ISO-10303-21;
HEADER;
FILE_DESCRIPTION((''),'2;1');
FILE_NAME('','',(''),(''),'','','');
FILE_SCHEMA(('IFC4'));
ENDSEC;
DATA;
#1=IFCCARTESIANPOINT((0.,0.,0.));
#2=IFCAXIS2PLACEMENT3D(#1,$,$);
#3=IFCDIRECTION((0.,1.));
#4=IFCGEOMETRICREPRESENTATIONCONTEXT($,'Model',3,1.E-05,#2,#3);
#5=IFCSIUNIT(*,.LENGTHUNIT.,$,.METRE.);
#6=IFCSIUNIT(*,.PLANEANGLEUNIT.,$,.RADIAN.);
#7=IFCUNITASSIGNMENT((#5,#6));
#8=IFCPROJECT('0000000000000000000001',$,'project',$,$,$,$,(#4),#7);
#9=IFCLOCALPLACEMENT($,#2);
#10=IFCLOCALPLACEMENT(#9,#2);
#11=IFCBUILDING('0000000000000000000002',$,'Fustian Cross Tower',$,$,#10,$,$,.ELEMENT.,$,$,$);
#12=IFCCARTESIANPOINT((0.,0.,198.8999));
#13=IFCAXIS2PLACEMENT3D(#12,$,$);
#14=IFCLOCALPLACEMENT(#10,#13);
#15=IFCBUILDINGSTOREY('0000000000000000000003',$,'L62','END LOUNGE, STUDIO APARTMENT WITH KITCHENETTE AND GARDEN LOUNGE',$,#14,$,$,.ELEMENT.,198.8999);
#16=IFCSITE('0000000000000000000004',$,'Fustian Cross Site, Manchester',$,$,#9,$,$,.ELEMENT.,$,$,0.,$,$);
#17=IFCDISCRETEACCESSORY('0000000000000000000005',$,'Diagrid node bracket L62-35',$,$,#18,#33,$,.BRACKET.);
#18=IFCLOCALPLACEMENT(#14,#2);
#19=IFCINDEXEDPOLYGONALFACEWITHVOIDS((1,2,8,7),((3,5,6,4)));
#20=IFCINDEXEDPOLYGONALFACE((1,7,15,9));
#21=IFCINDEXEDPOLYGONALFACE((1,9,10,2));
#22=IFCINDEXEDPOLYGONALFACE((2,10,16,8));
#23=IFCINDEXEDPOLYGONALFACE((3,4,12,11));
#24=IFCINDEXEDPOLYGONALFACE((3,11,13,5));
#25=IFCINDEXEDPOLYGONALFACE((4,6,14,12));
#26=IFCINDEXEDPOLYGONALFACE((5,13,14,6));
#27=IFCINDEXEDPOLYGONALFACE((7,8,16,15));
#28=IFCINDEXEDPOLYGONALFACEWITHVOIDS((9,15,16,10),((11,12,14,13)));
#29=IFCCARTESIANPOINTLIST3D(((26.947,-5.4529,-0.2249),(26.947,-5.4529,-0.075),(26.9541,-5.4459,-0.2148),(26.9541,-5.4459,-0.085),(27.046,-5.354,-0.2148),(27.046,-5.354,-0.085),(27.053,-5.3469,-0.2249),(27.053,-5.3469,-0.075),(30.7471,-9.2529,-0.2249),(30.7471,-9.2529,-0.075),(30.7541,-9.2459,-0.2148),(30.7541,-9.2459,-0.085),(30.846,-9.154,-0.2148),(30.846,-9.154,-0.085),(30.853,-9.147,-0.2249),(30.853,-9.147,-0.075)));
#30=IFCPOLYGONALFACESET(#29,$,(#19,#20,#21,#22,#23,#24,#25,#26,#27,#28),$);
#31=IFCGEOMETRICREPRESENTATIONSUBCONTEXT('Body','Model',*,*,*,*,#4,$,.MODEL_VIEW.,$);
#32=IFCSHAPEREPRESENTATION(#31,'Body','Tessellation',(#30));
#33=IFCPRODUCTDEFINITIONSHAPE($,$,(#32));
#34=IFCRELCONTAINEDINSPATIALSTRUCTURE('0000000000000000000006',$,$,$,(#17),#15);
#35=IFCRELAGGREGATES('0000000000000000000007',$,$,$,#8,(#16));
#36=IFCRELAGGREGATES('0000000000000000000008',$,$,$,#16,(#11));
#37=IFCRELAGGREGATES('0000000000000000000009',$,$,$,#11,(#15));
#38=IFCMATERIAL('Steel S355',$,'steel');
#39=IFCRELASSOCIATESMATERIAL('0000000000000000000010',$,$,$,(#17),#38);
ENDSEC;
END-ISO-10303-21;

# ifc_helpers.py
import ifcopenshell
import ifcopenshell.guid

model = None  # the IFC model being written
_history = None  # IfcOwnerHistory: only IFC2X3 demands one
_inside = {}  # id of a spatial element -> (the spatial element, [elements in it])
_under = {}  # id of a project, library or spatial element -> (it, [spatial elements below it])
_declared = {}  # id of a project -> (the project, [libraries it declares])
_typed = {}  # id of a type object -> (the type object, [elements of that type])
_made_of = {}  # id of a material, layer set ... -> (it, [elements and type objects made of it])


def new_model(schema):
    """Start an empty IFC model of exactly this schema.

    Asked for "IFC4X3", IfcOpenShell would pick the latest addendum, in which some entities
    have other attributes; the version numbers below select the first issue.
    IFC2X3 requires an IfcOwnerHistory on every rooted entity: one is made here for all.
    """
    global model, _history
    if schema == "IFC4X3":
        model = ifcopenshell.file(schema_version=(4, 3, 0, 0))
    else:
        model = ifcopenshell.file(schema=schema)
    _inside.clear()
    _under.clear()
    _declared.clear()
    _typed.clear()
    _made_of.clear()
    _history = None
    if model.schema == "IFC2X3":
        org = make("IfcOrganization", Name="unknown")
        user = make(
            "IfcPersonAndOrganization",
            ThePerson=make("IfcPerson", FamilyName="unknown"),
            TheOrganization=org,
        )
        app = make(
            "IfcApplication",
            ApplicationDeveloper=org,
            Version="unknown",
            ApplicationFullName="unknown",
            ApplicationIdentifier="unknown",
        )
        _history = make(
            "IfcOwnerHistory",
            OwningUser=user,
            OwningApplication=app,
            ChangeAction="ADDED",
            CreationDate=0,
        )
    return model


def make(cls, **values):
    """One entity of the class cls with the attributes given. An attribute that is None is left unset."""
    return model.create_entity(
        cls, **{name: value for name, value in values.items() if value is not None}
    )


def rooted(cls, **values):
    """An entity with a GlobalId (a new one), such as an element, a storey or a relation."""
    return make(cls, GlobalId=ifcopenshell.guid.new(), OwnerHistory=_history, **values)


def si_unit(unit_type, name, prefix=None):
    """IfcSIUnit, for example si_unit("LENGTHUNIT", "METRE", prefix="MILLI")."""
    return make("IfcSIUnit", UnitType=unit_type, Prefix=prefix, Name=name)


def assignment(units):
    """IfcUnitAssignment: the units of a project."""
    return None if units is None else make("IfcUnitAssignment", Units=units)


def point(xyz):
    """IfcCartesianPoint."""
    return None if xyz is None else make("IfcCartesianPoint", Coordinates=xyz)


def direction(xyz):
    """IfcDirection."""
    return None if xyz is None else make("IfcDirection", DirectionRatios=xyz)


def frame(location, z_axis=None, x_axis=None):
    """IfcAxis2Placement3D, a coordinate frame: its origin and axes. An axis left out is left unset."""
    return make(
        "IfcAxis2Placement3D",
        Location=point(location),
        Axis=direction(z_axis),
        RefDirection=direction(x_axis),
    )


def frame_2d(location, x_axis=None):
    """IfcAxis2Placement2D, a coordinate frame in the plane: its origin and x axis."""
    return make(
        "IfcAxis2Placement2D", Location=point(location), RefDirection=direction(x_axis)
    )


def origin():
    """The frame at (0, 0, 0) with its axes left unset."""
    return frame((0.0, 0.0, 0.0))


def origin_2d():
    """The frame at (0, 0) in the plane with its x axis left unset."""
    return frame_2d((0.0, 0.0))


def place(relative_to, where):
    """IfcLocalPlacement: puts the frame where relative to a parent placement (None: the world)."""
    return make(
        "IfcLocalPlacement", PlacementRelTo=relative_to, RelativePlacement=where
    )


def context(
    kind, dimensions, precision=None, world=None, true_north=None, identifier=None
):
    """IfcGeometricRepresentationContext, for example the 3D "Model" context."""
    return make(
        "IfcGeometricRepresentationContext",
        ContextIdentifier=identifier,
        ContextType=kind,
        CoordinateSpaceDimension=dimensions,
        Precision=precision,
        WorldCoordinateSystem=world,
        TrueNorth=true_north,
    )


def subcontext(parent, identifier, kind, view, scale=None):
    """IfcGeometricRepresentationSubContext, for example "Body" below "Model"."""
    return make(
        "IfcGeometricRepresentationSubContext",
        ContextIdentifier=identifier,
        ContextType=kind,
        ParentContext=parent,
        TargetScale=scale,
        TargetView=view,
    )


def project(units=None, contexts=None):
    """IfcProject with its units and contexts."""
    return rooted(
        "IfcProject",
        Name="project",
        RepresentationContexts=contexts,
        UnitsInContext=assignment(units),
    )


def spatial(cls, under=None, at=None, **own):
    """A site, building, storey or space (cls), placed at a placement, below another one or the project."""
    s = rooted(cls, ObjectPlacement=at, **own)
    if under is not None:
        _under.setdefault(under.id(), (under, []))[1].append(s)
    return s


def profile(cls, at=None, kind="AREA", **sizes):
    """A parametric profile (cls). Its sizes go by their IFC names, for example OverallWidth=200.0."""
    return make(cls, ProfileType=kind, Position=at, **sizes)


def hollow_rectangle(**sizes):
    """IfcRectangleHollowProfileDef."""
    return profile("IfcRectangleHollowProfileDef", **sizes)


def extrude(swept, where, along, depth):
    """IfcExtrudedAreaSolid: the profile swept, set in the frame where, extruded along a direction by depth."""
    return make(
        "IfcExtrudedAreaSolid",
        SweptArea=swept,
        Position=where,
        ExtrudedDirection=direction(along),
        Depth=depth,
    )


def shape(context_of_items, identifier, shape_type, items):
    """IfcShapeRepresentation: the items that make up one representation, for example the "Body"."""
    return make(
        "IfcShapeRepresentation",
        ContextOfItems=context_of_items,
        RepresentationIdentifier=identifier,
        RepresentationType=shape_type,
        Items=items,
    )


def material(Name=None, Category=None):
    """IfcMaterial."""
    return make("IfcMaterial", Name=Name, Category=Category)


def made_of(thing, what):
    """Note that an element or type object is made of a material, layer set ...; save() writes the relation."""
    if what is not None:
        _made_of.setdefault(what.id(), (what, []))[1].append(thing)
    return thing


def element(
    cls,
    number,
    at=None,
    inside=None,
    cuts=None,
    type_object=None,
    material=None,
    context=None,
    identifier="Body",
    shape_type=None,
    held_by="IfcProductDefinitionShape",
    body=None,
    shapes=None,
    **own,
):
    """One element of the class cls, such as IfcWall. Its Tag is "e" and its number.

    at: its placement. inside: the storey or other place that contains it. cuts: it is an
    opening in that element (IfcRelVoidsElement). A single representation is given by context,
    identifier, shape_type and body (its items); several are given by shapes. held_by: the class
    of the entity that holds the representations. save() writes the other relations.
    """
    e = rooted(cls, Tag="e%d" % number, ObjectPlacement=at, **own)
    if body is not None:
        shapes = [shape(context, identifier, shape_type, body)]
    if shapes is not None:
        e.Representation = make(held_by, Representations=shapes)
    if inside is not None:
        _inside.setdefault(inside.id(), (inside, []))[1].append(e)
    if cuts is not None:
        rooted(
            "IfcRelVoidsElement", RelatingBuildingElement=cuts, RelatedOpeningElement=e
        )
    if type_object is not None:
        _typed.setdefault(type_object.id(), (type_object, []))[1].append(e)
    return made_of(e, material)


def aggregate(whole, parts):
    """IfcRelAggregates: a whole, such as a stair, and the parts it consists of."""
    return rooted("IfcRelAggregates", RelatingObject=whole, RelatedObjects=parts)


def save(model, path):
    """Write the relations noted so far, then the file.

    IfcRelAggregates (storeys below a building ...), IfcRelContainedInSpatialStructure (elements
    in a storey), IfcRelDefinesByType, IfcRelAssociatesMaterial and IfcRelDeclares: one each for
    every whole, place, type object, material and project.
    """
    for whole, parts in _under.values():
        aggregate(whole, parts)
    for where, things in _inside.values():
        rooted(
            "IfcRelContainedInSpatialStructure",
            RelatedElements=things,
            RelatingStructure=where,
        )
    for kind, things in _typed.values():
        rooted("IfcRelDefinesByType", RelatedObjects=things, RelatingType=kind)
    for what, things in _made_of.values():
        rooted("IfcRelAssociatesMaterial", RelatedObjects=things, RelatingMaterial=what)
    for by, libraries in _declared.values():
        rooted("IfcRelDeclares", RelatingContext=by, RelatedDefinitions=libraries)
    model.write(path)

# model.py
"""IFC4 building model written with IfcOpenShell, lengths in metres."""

from ifc_helpers import new_model, si_unit, direction, frame, origin, origin_2d, place, context, subcontext, project, spatial, hollow_rectangle, extrude, material, element, save


model = new_model("IFC4")

# Units and contexts
model_context = context("Model", 3, precision=1e-05, world=origin(), true_north=direction((0.0, 1.0)))
body_context = subcontext(model_context, "Body", "Model", "MODEL_VIEW")
ifc_project = project(units=[si_unit("LENGTHUNIT", "METRE"), si_unit("PLANEANGLEUNIT", "RADIAN")], contexts=[model_context])

# Site, building, storey
site_placement = place(None, origin())
site = spatial("IfcSite", under=ifc_project, at=site_placement, Name="Fustian Cross Site, Manchester", CompositionType="ELEMENT", RefElevation=0.0)
building_placement = place(site_placement, origin())
building = spatial("IfcBuilding", under=site, at=building_placement, Name="Fustian Cross Tower", CompositionType="ELEMENT")
storey_placement = place(building_placement, frame((0.0, 0.0, 198.8999)))
storey = spatial("IfcBuildingStorey", under=building, at=storey_placement, Name="L62", Description="END LOUNGE, STUDIO APARTMENT WITH KITCHENETTE AND GARDEN LOUNGE", CompositionType="ELEMENT", Elevation=198.8999)

# Discrete accessory
ifc_material_1 = material(Name="Steel S355", Category="steel")
discrete_accessory_1_placement = place(storey_placement, frame((30.8, -9.2, -0.1499), z_axis=(-0.707107, 0.707107, 0.0), x_axis=(-0.707107, -0.707107, 0.0)))
element("IfcDiscreteAccessory", 1, at=discrete_accessory_1_placement, inside=storey, material=ifc_material_1, Name="Diagrid node bracket L62-35", PredefinedType="BRACKET", context=body_context, shape_type="SweptSolid", body=[
    extrude(hollow_rectangle(XDim=0.1499, YDim=0.1499, WallThickness=0.01, at=origin_2d()), origin(), (0.0, 0.0, 1.0), 5.374),
])

save(model, "model.ifc")
